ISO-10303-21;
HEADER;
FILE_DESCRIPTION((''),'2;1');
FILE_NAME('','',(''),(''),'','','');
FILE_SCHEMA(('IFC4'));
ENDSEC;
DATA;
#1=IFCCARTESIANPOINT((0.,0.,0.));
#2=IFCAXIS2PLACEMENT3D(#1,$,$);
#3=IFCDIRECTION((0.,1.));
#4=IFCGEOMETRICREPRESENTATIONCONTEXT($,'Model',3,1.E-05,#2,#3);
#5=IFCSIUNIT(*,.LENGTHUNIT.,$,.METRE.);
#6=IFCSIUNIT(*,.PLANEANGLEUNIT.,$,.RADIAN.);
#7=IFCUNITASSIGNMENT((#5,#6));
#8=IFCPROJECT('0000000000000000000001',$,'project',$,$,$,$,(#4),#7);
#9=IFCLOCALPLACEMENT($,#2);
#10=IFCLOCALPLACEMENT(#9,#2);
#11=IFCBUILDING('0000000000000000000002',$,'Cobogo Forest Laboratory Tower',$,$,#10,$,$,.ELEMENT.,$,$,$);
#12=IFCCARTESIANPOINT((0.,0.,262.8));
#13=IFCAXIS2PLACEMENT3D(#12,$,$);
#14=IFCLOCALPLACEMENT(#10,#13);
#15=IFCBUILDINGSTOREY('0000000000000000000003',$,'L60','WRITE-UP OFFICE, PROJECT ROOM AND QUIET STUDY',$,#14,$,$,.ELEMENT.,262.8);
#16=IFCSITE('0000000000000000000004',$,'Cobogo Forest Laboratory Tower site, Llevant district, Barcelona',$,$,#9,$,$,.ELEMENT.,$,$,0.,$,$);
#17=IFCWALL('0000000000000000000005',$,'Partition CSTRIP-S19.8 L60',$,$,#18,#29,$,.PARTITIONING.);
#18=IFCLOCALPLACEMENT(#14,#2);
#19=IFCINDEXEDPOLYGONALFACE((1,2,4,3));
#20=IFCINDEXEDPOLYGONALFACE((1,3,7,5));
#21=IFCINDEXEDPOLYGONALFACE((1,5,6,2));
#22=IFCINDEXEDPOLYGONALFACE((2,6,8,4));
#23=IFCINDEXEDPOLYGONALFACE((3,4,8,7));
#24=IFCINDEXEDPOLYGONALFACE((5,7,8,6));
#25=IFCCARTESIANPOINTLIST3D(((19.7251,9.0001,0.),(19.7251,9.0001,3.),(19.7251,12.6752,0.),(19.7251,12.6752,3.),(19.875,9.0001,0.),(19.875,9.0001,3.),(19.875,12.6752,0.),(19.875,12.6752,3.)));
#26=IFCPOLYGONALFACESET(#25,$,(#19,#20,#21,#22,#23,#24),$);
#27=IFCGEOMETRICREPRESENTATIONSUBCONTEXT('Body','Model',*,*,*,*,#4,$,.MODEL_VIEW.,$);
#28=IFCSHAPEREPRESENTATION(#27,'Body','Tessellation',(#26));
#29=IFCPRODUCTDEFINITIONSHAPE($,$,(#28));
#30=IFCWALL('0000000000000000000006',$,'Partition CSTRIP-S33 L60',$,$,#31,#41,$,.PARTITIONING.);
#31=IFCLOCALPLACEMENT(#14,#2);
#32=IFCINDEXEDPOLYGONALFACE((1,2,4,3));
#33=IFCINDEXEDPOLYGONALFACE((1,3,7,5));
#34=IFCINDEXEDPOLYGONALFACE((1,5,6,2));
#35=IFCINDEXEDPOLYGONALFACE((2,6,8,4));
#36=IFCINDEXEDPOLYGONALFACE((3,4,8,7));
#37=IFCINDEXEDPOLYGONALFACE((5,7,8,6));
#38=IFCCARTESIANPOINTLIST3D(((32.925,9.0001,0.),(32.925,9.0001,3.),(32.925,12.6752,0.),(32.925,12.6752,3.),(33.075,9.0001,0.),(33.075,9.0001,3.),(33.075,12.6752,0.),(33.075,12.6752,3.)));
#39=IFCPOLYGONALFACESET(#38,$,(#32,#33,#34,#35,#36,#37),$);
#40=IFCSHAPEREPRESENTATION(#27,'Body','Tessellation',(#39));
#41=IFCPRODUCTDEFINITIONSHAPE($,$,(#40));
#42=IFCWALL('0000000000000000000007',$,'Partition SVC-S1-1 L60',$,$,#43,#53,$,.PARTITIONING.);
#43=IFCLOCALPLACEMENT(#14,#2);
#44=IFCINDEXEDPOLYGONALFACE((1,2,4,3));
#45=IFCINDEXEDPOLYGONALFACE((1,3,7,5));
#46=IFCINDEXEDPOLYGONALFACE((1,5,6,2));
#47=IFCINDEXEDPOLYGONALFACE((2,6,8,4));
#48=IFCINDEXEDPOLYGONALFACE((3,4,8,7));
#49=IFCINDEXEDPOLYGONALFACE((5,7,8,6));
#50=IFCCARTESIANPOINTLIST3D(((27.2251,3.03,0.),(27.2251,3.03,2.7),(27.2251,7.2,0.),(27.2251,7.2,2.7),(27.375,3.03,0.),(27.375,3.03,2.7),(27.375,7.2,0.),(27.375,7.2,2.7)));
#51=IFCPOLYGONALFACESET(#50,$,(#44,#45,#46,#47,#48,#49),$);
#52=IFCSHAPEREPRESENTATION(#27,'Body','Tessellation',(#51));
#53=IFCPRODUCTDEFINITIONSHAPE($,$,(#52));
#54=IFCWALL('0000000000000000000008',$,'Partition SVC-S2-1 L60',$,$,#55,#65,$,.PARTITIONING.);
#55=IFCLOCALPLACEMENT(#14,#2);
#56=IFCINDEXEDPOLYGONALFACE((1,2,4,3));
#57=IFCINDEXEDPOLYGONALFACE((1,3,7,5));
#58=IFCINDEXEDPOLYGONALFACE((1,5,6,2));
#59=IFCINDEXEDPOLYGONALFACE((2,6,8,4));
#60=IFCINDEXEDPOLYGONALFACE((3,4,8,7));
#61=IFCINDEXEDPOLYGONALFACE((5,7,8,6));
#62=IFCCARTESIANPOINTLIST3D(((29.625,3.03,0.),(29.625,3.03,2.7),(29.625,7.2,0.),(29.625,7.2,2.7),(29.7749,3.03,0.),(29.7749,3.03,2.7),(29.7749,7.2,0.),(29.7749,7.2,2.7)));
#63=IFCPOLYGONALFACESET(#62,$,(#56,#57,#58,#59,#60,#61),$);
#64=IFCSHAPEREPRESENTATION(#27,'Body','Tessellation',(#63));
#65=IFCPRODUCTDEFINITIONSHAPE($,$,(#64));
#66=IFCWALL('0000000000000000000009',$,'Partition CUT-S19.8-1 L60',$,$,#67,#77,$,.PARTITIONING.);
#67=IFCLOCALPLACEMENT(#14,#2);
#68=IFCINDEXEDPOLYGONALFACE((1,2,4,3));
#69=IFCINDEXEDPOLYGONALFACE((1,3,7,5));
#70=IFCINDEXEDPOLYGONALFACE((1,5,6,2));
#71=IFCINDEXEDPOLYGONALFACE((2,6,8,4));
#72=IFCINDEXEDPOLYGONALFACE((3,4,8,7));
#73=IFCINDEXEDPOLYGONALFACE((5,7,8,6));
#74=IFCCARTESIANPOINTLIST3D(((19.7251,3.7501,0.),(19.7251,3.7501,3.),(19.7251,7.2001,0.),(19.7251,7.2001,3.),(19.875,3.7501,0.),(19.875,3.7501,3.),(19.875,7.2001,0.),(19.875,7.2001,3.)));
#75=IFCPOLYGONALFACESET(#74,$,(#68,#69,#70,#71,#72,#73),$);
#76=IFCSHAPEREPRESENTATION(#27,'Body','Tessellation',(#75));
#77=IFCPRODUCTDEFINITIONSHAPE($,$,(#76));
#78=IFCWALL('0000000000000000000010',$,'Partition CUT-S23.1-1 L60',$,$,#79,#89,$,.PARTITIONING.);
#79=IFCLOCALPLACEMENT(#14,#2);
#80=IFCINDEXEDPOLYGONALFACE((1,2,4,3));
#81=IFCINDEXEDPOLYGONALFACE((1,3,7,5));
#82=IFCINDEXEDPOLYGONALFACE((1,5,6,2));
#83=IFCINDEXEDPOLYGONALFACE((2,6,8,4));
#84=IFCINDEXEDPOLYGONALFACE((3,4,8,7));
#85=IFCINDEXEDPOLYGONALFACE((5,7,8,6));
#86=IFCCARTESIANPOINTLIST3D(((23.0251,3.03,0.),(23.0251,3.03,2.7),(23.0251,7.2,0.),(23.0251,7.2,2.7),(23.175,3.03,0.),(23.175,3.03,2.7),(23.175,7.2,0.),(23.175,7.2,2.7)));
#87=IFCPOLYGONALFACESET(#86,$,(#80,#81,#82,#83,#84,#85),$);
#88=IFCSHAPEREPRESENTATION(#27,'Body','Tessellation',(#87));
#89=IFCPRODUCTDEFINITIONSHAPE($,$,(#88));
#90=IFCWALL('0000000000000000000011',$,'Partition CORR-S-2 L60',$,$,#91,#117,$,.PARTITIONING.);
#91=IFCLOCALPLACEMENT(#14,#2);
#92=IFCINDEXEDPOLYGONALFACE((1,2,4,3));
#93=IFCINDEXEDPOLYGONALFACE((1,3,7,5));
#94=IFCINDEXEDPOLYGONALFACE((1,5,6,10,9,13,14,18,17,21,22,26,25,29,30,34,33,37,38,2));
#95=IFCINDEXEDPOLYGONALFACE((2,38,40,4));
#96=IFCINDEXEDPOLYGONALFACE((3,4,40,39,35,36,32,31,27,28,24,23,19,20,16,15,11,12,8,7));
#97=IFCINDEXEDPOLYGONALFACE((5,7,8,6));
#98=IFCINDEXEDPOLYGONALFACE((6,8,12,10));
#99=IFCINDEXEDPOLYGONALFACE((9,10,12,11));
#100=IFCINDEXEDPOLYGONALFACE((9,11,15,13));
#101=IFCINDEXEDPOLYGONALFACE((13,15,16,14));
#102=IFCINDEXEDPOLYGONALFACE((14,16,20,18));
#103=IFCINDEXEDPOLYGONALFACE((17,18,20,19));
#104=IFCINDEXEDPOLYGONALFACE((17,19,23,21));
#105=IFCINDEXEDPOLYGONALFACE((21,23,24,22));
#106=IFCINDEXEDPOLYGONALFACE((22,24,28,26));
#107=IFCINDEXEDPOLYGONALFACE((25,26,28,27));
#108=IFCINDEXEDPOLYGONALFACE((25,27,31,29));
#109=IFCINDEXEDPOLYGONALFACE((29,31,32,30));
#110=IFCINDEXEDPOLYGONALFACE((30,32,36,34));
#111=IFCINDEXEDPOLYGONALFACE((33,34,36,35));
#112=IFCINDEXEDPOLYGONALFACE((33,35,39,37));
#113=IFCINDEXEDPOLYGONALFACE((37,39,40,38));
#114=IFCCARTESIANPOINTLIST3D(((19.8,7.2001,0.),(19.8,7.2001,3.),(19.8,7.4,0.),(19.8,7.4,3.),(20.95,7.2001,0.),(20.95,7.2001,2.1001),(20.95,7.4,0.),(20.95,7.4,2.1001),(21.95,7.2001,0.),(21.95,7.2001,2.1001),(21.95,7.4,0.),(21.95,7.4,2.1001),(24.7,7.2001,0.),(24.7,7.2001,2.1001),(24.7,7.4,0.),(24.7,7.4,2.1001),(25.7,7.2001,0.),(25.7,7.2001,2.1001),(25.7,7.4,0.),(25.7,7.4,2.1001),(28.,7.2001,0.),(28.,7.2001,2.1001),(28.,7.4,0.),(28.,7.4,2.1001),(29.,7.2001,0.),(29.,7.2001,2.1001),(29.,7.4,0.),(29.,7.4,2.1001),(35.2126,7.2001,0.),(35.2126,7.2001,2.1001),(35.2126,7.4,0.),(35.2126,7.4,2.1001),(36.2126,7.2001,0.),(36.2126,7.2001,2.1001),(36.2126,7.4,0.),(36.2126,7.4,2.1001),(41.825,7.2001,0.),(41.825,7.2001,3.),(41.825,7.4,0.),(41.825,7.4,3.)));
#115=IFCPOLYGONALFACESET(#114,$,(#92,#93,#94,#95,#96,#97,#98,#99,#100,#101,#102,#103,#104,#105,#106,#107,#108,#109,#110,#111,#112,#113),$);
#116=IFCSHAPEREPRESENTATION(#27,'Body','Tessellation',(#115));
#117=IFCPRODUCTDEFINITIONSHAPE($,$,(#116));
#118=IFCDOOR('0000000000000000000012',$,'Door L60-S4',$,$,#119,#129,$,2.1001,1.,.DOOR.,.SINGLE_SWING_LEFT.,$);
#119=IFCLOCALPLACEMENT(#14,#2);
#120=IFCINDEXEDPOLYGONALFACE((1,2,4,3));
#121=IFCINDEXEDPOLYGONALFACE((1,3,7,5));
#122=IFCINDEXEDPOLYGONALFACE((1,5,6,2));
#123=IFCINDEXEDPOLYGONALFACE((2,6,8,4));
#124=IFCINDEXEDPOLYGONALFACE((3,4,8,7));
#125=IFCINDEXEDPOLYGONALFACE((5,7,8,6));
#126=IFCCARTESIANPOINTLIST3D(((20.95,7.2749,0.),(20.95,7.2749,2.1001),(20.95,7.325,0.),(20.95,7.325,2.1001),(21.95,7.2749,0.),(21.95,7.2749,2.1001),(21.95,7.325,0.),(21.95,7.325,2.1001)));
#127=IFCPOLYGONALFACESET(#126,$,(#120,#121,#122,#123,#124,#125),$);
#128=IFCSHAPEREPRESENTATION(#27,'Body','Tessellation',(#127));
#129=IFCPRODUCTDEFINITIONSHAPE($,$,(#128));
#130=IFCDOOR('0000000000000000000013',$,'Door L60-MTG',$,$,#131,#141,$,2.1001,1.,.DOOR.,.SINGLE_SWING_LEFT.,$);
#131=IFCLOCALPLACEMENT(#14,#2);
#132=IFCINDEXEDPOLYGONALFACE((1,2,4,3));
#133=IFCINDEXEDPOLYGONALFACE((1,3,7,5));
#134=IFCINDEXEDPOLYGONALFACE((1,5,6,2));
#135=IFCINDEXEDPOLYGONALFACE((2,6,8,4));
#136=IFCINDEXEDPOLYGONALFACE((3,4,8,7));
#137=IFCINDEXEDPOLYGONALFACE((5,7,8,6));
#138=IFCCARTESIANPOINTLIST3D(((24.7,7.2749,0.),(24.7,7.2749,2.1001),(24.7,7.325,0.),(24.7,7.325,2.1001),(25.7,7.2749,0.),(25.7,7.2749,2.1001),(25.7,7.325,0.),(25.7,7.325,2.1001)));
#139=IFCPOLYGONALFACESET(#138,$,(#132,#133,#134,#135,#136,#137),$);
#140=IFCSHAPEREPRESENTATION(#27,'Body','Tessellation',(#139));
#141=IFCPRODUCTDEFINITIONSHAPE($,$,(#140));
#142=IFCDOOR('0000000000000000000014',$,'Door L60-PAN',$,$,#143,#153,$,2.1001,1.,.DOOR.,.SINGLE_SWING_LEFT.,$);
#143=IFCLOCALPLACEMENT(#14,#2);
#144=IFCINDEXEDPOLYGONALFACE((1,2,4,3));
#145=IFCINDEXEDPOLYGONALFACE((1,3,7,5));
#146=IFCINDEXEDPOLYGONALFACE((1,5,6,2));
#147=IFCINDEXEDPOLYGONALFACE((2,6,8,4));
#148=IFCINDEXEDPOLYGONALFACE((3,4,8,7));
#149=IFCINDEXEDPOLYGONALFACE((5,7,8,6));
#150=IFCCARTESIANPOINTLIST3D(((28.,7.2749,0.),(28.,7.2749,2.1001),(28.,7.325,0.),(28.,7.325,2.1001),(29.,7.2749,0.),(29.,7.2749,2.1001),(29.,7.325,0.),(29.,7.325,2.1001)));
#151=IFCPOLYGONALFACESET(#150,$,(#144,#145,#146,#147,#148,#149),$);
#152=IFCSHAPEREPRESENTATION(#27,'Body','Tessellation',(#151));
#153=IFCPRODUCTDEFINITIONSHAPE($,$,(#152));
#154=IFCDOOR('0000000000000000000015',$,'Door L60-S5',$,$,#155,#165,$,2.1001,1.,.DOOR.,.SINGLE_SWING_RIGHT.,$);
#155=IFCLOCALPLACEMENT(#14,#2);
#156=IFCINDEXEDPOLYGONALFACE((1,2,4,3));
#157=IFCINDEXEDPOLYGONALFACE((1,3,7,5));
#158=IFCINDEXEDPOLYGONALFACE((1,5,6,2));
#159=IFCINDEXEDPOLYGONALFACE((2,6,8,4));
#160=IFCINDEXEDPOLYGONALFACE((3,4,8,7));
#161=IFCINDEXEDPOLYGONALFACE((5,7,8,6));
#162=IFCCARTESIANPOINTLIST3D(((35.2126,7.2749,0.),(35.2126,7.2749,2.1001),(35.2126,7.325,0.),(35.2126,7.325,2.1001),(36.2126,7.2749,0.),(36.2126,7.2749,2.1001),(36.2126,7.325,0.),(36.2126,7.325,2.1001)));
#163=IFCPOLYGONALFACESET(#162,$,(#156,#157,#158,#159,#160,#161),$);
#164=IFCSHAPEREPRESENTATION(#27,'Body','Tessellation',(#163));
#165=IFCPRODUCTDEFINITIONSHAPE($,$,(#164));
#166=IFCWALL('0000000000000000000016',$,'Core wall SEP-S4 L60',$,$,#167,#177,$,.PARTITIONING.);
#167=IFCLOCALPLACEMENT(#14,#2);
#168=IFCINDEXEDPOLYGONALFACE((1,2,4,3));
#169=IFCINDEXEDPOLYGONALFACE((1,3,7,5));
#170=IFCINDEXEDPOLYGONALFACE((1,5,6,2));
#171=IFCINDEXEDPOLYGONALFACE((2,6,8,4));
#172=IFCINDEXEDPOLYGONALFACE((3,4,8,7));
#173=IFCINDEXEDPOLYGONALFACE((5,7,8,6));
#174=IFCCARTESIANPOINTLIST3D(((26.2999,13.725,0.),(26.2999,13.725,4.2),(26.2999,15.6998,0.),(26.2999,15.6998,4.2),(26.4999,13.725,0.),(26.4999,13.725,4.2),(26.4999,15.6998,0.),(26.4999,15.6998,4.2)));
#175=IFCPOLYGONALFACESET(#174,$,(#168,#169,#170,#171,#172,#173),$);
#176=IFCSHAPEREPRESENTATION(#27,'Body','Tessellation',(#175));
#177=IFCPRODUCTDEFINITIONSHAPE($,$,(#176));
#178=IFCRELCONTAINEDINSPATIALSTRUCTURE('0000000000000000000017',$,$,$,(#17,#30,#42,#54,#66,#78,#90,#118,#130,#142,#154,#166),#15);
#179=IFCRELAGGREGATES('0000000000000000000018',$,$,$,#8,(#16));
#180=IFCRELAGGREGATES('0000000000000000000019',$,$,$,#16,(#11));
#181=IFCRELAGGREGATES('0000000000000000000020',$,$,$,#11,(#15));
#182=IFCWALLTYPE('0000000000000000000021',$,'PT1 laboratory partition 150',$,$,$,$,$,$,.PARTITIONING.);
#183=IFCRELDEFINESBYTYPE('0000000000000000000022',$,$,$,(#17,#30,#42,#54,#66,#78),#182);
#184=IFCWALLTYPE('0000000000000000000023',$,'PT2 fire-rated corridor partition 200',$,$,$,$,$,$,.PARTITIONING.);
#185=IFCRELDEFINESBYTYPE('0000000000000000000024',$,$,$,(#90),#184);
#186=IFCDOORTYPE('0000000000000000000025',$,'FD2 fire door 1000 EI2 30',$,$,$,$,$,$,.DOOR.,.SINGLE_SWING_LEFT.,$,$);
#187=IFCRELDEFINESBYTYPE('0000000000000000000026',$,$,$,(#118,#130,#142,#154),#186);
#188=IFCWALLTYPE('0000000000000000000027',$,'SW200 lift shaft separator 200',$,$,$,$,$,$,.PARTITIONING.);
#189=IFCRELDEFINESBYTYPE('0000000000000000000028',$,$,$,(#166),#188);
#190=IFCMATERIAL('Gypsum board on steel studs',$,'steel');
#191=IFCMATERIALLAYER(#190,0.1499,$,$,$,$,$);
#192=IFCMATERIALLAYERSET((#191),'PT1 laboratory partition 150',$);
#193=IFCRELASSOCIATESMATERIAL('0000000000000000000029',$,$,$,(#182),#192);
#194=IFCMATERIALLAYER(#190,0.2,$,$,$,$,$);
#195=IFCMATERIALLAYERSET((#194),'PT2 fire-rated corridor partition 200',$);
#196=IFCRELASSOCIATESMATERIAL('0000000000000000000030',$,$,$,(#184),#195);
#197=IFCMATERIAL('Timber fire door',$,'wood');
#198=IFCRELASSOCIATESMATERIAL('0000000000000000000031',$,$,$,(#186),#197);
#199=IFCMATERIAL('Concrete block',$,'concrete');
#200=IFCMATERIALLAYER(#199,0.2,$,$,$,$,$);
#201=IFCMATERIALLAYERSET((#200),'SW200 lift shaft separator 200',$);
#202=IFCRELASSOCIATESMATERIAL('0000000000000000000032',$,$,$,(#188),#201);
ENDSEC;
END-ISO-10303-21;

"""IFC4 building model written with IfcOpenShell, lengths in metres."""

from ifc_helpers import new_model, si_unit, direction, frame, frame_2d, origin, place, context, subcontext, project, spatial, rectangle, extrude, material, layer, layer_set, type_object, element, fill, save


model = new_model("IFC4")

# Units and contexts
model_context = context("Model", 3, precision=1e-05, world=origin(), true_north=direction((0.0, 1.0)))
body_context = subcontext(model_context, "Body", "Model", "MODEL_VIEW")
ifc_project = project(units=[si_unit("LENGTHUNIT", "METRE"), si_unit("PLANEANGLEUNIT", "RADIAN")], contexts=[model_context])

# Site, building, storey
site_placement = place(None, origin())
site = spatial("IfcSite", under=ifc_project, at=site_placement, Name="Cobogo Forest Laboratory Tower site, Llevant district, Barcelona", CompositionType="ELEMENT", RefElevation=0.0)
building_placement = place(site_placement, origin())
building = spatial("IfcBuilding", under=site, at=building_placement, Name="Cobogo Forest Laboratory Tower", CompositionType="ELEMENT")
storey_placement = place(building_placement, frame((0.0, 0.0, 262.8)))
storey = spatial("IfcBuildingStorey", under=building, at=storey_placement, Name="L60", Description="WRITE-UP OFFICE, PROJECT ROOM AND QUIET STUDY", CompositionType="ELEMENT", Elevation=262.8)

# Walls
ifc_material_1 = material(Name="Gypsum board on steel studs", Category="steel")
ifc_layer_1 = layer(ifc_material_1, 0.1499)
ifc_layer_set_1 = layer_set([ifc_layer_1], Name="PT1 laboratory partition 150")
wall_type_1 = type_object("IfcWallType", Name="PT1 laboratory partition 150", PredefinedType="PARTITIONING", material=ifc_layer_set_1)
for number, where, z_axis, x_axis, name in (
    (1, (19.8, 12.675, 0.0), (0.0, 0.0, 1.0), (0.0, -1.0, 0.0), "Partition CSTRIP-S19.8 L60"),
    (2, (33.0, 12.675, 0.0), (0.0, 0.0, 1.0), (0.0, -1.0, 0.0), "Partition CSTRIP-S33 L60"),
):
    element("IfcWall", number, at=place(storey_placement, frame(where, z_axis=z_axis, x_axis=x_axis)), inside=storey, type_object=wall_type_1, Name=name, PredefinedType="PARTITIONING", context=body_context, shape_type="SweptSolid", body=[
        extrude(rectangle(XDim=3.675, YDim=0.1499, at=frame_2d((1.8374, 0.0))), origin(), (0.0, 0.0, 1.0), 3.0),
    ])
for number, where, z_axis, x_axis, name in (
    (3, (27.3, 3.03, 0.0), (0.0, 0.0, 1.0), (0.0, 1.0, 0.0), "Partition SVC-S1-1 L60"),
    (4, (29.7, 3.03, 0.0), (0.0, 0.0, 1.0), (0.0, 1.0, 0.0), "Partition SVC-S2-1 L60"),
):
    element("IfcWall", number, at=place(storey_placement, frame(where, z_axis=z_axis, x_axis=x_axis)), inside=storey, type_object=wall_type_1, Name=name, PredefinedType="PARTITIONING", context=body_context, shape_type="SweptSolid", body=[
        extrude(rectangle(XDim=4.1699, YDim=0.1499, at=frame_2d((2.085, 0.0))), origin(), (0.0, 0.0, 1.0), 2.7),
    ])
wall_1_placement = place(storey_placement, frame((19.8, 3.75, 0.0), z_axis=(0.0, 0.0, 1.0), x_axis=(0.0, 1.0, 0.0)))
element("IfcWall", 5, at=wall_1_placement, inside=storey, type_object=wall_type_1, Name="Partition CUT-S19.8-1 L60", PredefinedType="PARTITIONING", context=body_context, shape_type="SweptSolid", body=[
    extrude(rectangle(XDim=3.45, YDim=0.1499, at=frame_2d((1.7251, 0.0))), origin(), (0.0, 0.0, 1.0), 3.0),
])
wall_2_placement = place(storey_placement, frame((23.1001, 3.03, 0.0), z_axis=(0.0, 0.0, 1.0), x_axis=(0.0, 1.0, 0.0)))
element("IfcWall", 6, at=wall_2_placement, inside=storey, type_object=wall_type_1, Name="Partition CUT-S23.1-1 L60", PredefinedType="PARTITIONING", context=body_context, shape_type="SweptSolid", body=[
    extrude(rectangle(XDim=4.1699, YDim=0.1499, at=frame_2d((2.085, 0.0))), origin(), (0.0, 0.0, 1.0), 2.7),
])

# Wall, openings, doors
ifc_layer_2 = layer(ifc_material_1, 0.2)
ifc_layer_set_2 = layer_set([ifc_layer_2], Name="PT2 fire-rated corridor partition 200")
wall_type_2 = type_object("IfcWallType", Name="PT2 fire-rated corridor partition 200", PredefinedType="PARTITIONING", material=ifc_layer_set_2)
wall_3_placement = place(storey_placement, frame((19.8, 7.3, 0.0), z_axis=(0.0, 0.0, 1.0), x_axis=(1.0, 0.0, 0.0)))
wall_3 = element("IfcWall", 7, at=wall_3_placement, inside=storey, type_object=wall_type_2, Name="Partition CORR-S-2 L60", PredefinedType="PARTITIONING", context=body_context, shape_type="SweptSolid", body=[
    extrude(rectangle(XDim=22.0249, YDim=0.2, at=frame_2d((11.0125, 0.0))), origin(), (0.0, 0.0, 1.0), 3.0),
])
opening_1_placement = place(wall_3_placement, frame((1.1499, 0.0, 0.0)))
opening_1 = element("IfcOpeningElement", 8, at=opening_1_placement, cuts=wall_3, PredefinedType="OPENING", context=body_context, shape_type="SweptSolid", body=[
    extrude(rectangle(XDim=1.0, YDim=2.1001, at=frame_2d((0.5, 1.05))), frame((0.0, 0.1099, 0.0), z_axis=(0.0, -1.0, 0.0), x_axis=(1.0, 0.0, 0.0)), (0.0, 0.0, 1.0), 0.22),
])
opening_2_placement = place(wall_3_placement, frame((4.8999, 0.0, 0.0)))
opening_2 = element("IfcOpeningElement", 9, at=opening_2_placement, cuts=wall_3, PredefinedType="OPENING", context=body_context, shape_type="SweptSolid", body=[
    extrude(rectangle(XDim=1.0, YDim=2.1001, at=frame_2d((0.5, 1.05))), frame((0.0, 0.1099, 0.0), z_axis=(0.0, -1.0, 0.0), x_axis=(1.0, 0.0, 0.0)), (0.0, 0.0, 1.0), 0.22),
])
opening_3_placement = place(wall_3_placement, frame((8.2, 0.0, 0.0)))
opening_3 = element("IfcOpeningElement", 10, at=opening_3_placement, cuts=wall_3, PredefinedType="OPENING", context=body_context, shape_type="SweptSolid", body=[
    extrude(rectangle(XDim=1.0, YDim=2.1001, at=frame_2d((0.5, 1.05))), frame((0.0, 0.1099, 0.0), z_axis=(0.0, -1.0, 0.0), x_axis=(1.0, 0.0, 0.0)), (0.0, 0.0, 1.0), 0.22),
])
opening_4_placement = place(wall_3_placement, frame((15.4126, 0.0, 0.0)))
opening_4 = element("IfcOpeningElement", 11, at=opening_4_placement, cuts=wall_3, PredefinedType="OPENING", context=body_context, shape_type="SweptSolid", body=[
    extrude(rectangle(XDim=1.0, YDim=2.1001, at=frame_2d((0.5, 1.05))), frame((0.0, 0.1099, 0.0), z_axis=(0.0, -1.0, 0.0), x_axis=(1.0, 0.0, 0.0)), (0.0, 0.0, 1.0), 0.22),
])
ifc_material_2 = material(Name="Timber fire door", Category="wood")
door_type = type_object("IfcDoorType", Name="FD2 fire door 1000 EI2 30", OperationType="SINGLE_SWING_LEFT", PredefinedType="DOOR", material=ifc_material_2)
door_1_placement = place(opening_1_placement, origin())
door_1 = element("IfcDoor", 12, at=door_1_placement, inside=storey, type_object=door_type, Name="Door L60-S4", OperationType="SINGLE_SWING_LEFT", OverallHeight=2.1001, OverallWidth=1.0, PredefinedType="DOOR", context=body_context, shape_type="SweptSolid", body=[
    extrude(rectangle(XDim=1.0, YDim=2.1001, at=frame_2d((0.5, 1.05))), frame((0.0, 0.0249, 0.0), z_axis=(0.0, -1.0, 0.0), x_axis=(1.0, 0.0, 0.0)), (0.0, 0.0, 1.0), 0.05),
])
fill(opening_1, door_1)
door_2_placement = place(opening_2_placement, origin())
door_2 = element("IfcDoor", 13, at=door_2_placement, inside=storey, type_object=door_type, Name="Door L60-MTG", OperationType="SINGLE_SWING_LEFT", OverallHeight=2.1001, OverallWidth=1.0, PredefinedType="DOOR", context=body_context, shape_type="SweptSolid", body=[
    extrude(rectangle(XDim=1.0, YDim=2.1001, at=frame_2d((0.5, 1.05))), frame((0.0, 0.0249, 0.0), z_axis=(0.0, -1.0, 0.0), x_axis=(1.0, 0.0, 0.0)), (0.0, 0.0, 1.0), 0.05),
])
fill(opening_2, door_2)
door_3_placement = place(opening_3_placement, origin())
door_3 = element("IfcDoor", 14, at=door_3_placement, inside=storey, type_object=door_type, Name="Door L60-PAN", OperationType="SINGLE_SWING_LEFT", OverallHeight=2.1001, OverallWidth=1.0, PredefinedType="DOOR", context=body_context, shape_type="SweptSolid", body=[
    extrude(rectangle(XDim=1.0, YDim=2.1001, at=frame_2d((0.5, 1.05))), frame((0.0, 0.0249, 0.0), z_axis=(0.0, -1.0, 0.0), x_axis=(1.0, 0.0, 0.0)), (0.0, 0.0, 1.0), 0.05),
])
fill(opening_3, door_3)
door_4_placement = place(opening_4_placement, origin())
door_4 = element("IfcDoor", 15, at=door_4_placement, inside=storey, type_object=door_type, Name="Door L60-S5", OperationType="SINGLE_SWING_RIGHT", OverallHeight=2.1001, OverallWidth=1.0, PredefinedType="DOOR", context=body_context, shape_type="SweptSolid", body=[
    extrude(rectangle(XDim=1.0, YDim=2.1001, at=frame_2d((0.5, 1.05))), frame((0.0, 0.0249, 0.0), z_axis=(0.0, -1.0, 0.0), x_axis=(1.0, 0.0, 0.0)), (0.0, 0.0, 1.0), 0.05),
])
fill(opening_4, door_4)

# Wall
ifc_material_3 = material(Name="Concrete block", Category="concrete")
ifc_layer_3 = layer(ifc_material_3, 0.2)
ifc_layer_set_3 = layer_set([ifc_layer_3], Name="SW200 lift shaft separator 200")
wall_type_3 = type_object("IfcWallType", Name="SW200 lift shaft separator 200", PredefinedType="PARTITIONING", material=ifc_layer_set_3)
for number, where, z_axis, x_axis, name in (
    (16, (26.3999, 13.7251, 0.0), (0.0, 0.0, 1.0), (0.0, 1.0, 0.0), "Core wall SEP-S4 L60"),
):
    element("IfcWall", number, at=place(storey_placement, frame(where, z_axis=z_axis, x_axis=x_axis)), inside=storey, type_object=wall_type_3, Name=name, PredefinedType="PARTITIONING", context=body_context, shape_type="SweptSolid", body=[
        extrude(rectangle(XDim=1.9749, YDim=0.2, at=frame_2d((0.9873, 0.0))), origin(), (0.0, 0.0, 1.0), 4.2),
    ])

save(model, "model.ifc")
